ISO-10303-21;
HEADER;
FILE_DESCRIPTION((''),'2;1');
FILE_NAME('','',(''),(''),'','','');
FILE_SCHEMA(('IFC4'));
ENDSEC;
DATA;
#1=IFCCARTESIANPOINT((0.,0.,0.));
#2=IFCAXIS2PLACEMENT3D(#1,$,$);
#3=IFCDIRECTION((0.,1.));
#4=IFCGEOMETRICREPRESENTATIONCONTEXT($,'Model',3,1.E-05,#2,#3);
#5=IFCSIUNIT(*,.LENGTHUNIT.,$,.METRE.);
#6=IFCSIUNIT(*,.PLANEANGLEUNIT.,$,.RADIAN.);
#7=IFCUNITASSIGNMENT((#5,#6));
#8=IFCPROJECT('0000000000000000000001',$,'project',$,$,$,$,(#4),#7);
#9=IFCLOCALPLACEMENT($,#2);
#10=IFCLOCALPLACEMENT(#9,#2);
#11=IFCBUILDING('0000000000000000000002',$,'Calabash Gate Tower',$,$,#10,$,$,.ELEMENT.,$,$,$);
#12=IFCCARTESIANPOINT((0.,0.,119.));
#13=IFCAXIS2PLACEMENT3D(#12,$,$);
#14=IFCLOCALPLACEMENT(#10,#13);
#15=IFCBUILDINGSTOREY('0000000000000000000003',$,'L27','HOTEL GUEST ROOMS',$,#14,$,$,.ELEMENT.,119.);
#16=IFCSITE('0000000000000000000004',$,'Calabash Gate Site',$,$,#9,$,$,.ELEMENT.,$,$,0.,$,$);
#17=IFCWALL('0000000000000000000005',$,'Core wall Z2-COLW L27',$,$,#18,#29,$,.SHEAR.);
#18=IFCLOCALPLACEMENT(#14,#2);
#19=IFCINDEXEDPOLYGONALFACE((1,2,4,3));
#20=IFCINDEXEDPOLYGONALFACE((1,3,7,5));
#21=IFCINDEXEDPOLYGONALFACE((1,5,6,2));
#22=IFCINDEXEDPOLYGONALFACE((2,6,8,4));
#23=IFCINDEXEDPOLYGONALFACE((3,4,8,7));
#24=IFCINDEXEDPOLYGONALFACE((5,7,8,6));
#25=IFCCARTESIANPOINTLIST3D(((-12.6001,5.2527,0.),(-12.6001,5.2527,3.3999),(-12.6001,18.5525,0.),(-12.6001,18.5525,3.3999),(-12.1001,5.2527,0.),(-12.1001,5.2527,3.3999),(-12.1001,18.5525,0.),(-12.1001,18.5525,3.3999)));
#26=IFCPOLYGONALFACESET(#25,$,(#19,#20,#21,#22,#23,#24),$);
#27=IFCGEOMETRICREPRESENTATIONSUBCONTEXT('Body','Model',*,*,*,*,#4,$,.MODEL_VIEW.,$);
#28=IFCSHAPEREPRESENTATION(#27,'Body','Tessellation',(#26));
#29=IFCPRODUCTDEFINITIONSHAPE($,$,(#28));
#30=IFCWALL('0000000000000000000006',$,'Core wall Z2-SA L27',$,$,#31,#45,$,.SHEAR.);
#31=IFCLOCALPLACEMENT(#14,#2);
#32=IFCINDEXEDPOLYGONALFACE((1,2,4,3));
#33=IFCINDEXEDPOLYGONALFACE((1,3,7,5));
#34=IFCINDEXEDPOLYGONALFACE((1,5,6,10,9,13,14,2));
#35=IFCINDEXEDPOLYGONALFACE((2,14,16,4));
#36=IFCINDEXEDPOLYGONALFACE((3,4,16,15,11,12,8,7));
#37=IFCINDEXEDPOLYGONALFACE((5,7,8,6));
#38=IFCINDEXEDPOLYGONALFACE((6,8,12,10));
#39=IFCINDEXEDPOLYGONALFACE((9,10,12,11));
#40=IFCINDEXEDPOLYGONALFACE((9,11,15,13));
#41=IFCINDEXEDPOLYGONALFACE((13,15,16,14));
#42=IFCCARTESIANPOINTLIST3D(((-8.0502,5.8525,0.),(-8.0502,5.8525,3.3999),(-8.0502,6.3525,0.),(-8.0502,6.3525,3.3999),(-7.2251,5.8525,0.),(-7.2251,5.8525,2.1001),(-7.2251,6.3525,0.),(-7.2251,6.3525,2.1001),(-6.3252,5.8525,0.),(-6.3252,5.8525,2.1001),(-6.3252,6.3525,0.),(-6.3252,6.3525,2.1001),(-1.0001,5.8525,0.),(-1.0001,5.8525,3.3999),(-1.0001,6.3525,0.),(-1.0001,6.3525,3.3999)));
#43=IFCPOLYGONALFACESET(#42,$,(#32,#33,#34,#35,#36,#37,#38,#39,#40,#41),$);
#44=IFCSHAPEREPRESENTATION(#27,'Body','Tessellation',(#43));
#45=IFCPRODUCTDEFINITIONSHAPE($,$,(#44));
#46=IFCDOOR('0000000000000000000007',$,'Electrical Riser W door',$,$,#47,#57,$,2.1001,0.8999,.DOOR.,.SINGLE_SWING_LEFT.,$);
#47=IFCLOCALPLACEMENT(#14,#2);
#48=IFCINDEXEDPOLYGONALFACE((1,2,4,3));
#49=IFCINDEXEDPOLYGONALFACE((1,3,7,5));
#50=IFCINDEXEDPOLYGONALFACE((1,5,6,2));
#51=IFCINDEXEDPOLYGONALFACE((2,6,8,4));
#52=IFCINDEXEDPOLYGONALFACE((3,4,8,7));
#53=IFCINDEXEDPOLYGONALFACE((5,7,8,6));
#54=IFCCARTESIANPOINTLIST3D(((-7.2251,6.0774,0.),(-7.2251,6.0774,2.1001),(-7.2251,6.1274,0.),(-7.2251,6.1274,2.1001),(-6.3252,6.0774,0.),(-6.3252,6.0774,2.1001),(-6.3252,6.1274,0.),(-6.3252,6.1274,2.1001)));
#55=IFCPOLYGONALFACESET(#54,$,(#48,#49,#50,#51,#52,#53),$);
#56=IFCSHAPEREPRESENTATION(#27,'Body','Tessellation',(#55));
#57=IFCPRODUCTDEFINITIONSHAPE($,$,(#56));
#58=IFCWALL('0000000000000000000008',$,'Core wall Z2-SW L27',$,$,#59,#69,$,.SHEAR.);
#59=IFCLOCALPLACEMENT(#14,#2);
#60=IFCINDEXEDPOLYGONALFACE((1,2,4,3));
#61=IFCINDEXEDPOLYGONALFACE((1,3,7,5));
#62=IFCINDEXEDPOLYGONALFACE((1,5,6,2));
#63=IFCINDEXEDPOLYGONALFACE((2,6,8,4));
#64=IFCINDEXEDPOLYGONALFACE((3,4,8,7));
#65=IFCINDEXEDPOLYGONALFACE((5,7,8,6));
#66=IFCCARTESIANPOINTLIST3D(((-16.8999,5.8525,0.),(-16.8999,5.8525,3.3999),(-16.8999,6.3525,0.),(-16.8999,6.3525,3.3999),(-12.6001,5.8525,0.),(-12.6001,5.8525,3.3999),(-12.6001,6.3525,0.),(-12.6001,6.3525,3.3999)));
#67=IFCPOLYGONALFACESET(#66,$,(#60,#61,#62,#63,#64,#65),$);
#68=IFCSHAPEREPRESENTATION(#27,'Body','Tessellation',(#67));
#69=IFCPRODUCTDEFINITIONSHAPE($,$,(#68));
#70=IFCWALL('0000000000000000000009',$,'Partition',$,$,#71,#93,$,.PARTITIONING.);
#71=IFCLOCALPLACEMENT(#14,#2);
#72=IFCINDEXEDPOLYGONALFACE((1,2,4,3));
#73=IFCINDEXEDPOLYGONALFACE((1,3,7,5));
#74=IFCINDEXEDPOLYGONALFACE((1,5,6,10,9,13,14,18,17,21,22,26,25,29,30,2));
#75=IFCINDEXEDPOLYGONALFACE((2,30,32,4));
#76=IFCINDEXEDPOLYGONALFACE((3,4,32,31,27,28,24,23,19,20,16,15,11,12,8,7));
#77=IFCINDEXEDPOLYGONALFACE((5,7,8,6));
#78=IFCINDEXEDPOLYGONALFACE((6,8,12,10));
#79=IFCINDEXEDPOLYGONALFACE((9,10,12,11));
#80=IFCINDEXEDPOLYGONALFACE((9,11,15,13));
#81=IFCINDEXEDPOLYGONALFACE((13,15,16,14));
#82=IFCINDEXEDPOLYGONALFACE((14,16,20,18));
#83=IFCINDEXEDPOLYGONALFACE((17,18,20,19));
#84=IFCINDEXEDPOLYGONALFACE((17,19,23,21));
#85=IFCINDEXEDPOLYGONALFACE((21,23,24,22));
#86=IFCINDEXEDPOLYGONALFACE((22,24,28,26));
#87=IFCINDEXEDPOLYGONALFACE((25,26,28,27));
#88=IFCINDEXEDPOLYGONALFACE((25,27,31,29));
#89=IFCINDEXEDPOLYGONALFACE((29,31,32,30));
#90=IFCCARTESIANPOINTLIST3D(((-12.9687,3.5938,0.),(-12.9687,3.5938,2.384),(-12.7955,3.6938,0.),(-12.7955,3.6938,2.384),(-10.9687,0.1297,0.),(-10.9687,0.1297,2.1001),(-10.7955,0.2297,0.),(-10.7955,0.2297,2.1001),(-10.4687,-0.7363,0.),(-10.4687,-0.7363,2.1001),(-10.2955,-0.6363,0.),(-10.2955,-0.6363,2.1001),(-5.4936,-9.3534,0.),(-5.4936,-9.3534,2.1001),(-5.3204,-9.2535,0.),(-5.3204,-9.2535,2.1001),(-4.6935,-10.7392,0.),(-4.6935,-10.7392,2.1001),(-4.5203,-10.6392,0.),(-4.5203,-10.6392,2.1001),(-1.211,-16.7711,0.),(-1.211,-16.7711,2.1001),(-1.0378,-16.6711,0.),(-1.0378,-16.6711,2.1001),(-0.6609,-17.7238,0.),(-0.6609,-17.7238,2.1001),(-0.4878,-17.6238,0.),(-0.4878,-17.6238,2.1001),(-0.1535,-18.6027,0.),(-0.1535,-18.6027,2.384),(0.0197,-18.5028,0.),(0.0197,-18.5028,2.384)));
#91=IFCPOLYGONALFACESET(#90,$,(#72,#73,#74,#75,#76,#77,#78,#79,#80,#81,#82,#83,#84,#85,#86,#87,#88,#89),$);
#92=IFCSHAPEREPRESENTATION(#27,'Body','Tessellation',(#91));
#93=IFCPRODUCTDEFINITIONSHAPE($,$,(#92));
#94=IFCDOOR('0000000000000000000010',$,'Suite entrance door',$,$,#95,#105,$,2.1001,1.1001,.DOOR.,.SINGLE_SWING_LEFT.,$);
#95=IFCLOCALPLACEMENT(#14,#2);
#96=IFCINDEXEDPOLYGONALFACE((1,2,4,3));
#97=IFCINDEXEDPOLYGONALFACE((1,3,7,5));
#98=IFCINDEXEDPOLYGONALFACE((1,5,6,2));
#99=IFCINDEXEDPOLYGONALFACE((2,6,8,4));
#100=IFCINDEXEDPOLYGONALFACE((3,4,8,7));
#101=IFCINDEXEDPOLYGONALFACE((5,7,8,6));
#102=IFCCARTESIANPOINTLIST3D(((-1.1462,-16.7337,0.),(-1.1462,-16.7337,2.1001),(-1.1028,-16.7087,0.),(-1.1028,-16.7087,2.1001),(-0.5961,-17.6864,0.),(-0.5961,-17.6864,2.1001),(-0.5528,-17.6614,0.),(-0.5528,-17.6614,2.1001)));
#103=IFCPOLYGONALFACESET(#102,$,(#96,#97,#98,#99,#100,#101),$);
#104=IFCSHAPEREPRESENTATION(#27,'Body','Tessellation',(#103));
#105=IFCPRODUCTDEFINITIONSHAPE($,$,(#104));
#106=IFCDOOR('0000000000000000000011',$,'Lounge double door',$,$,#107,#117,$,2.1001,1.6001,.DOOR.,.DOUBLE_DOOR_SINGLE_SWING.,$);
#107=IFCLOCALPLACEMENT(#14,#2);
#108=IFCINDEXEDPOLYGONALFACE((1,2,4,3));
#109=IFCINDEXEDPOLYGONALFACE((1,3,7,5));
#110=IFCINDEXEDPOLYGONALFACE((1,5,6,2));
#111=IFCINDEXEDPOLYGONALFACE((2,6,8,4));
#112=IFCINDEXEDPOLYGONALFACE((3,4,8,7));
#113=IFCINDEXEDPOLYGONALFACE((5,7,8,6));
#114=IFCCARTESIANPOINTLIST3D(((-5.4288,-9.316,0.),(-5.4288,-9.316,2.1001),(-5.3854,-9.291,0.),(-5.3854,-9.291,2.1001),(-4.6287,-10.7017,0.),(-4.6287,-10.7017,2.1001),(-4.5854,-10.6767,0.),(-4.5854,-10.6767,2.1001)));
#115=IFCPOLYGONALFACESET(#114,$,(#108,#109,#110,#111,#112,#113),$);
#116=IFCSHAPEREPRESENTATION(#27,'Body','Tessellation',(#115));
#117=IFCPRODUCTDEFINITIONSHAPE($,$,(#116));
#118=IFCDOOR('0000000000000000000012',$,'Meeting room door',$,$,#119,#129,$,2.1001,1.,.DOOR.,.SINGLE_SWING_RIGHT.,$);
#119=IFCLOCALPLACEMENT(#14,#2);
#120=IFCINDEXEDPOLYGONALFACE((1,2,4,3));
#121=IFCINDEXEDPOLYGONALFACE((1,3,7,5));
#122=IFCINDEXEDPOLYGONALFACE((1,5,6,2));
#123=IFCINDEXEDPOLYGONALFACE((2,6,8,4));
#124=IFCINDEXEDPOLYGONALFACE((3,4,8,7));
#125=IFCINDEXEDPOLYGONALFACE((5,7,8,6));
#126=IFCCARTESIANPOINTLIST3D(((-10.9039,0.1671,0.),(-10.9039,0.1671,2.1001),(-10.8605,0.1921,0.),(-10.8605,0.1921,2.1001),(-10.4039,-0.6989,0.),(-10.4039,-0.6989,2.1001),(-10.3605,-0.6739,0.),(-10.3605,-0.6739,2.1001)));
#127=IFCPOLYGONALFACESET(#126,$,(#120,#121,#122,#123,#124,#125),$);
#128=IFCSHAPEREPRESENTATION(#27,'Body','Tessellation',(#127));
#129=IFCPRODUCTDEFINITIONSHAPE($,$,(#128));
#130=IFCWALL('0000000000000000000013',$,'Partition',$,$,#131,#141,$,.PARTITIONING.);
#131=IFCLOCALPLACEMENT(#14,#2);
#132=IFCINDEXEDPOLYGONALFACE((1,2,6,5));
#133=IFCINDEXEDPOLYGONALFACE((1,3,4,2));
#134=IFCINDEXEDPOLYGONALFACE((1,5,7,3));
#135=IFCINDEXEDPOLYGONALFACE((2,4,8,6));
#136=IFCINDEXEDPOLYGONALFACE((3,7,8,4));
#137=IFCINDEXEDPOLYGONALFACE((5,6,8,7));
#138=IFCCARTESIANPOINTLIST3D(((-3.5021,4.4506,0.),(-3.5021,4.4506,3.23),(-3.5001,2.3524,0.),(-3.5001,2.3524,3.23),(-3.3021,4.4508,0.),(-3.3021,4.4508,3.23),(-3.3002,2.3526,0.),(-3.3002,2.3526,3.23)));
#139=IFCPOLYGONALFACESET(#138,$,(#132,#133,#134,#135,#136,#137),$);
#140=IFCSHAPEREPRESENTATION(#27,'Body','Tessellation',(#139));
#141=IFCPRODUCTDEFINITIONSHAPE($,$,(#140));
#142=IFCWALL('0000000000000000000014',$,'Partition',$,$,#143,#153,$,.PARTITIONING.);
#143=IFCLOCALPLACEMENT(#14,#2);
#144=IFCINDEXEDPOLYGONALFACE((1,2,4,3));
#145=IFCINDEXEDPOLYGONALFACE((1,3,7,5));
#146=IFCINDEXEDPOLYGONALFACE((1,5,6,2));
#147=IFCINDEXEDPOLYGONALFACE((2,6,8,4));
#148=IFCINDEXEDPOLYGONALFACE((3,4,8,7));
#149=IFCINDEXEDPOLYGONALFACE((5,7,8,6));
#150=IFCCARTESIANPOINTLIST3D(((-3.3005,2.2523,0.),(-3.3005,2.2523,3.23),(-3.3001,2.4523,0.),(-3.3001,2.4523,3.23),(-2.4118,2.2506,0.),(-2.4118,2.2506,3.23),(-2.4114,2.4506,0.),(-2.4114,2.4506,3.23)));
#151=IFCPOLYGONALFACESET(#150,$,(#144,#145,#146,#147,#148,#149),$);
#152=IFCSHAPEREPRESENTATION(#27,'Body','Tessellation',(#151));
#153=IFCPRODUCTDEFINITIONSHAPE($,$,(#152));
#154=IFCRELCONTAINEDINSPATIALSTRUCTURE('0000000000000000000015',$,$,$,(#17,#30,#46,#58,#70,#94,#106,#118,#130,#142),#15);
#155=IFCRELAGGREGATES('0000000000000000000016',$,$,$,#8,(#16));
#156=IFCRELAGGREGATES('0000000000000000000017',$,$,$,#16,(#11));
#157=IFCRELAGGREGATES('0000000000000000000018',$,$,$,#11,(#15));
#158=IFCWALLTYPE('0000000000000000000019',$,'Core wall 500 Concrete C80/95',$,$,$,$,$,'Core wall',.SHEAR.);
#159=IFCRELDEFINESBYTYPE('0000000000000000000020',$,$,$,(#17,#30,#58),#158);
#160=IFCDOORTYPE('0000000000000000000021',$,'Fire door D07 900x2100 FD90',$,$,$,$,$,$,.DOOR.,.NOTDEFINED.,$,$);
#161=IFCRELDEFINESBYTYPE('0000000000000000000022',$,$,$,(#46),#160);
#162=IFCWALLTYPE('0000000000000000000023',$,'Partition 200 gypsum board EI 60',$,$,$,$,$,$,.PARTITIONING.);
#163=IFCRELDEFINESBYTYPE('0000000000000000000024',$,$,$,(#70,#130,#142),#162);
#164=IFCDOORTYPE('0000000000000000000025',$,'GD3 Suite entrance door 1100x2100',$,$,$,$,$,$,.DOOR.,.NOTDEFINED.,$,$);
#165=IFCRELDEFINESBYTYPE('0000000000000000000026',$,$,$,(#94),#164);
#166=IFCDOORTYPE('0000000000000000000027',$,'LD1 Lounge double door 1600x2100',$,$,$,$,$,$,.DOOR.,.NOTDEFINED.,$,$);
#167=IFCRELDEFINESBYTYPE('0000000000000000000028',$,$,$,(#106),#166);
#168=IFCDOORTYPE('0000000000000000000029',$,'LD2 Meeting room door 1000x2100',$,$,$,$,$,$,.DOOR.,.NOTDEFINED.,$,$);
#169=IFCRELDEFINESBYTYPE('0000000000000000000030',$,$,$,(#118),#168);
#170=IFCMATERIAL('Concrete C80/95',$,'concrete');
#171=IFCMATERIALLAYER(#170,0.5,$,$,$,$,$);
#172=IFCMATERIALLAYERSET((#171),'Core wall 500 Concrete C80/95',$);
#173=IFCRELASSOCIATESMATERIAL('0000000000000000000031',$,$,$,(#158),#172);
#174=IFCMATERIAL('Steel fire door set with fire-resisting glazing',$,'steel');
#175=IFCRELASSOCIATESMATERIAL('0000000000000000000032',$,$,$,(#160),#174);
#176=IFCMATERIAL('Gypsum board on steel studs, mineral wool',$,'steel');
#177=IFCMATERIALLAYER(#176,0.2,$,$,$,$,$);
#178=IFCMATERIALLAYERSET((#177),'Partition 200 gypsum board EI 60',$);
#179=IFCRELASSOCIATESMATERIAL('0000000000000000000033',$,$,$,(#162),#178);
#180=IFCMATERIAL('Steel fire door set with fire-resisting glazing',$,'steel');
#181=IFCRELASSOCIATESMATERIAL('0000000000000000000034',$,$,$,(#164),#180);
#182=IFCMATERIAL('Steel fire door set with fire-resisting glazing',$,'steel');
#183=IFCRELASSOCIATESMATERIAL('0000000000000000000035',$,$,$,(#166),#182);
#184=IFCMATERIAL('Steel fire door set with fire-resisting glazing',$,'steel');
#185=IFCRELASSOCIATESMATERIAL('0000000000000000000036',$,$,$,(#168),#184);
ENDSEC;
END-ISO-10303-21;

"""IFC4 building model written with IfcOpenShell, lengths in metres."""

from ifc_helpers import new_model, si_unit, direction, frame, frame_2d, origin, place, context, subcontext, project, spatial, rectangle, extrude, material, layer, layer_set, type_object, element, fill, save


model = new_model("IFC4")

# Units and contexts
model_context = context("Model", 3, precision=1e-05, world=origin(), true_north=direction((0.0, 1.0)))
body_context = subcontext(model_context, "Body", "Model", "MODEL_VIEW")
ifc_project = project(units=[si_unit("LENGTHUNIT", "METRE"), si_unit("PLANEANGLEUNIT", "RADIAN")], contexts=[model_context])

# Site, building, storey
site_placement = place(None, origin())
site = spatial("IfcSite", under=ifc_project, at=site_placement, Name="Calabash Gate Site", CompositionType="ELEMENT", RefElevation=0.0)
building_placement = place(site_placement, origin())
building = spatial("IfcBuilding", under=site, at=building_placement, Name="Calabash Gate Tower", CompositionType="ELEMENT")
storey_placement = place(building_placement, frame((0.0, 0.0, 119.0)))
storey = spatial("IfcBuildingStorey", under=building, at=storey_placement, Name="L27", Description="HOTEL GUEST ROOMS", CompositionType="ELEMENT", Elevation=119.0)

# Wall
ifc_material_1 = material(Name="Concrete C80/95", Category="concrete")
ifc_layer_1 = layer(ifc_material_1, 0.5)
ifc_layer_set_1 = layer_set([ifc_layer_1], Name="Core wall 500 Concrete C80/95")
wall_type_1 = type_object("IfcWallType", Name="Core wall 500 Concrete C80/95", ElementType="Core wall", PredefinedType="SHEAR", material=ifc_layer_set_1)
wall_1_placement = place(storey_placement, frame((-12.3501, 5.2527, 0.0), z_axis=(0.0, 0.0, 1.0), x_axis=(0.0, 1.0, 0.0)))
element("IfcWall", 1, at=wall_1_placement, inside=storey, type_object=wall_type_1, Name="Core wall Z2-COLW L27", PredefinedType="SHEAR", context=body_context, shape_type="SweptSolid", body=[
    extrude(rectangle(XDim=13.2998, YDim=0.5, at=frame_2d((6.6499, 0.0))), origin(), (0.0, 0.0, 1.0), 3.3999),
])

# Wall, opening, door
wall_2_placement = place(storey_placement, frame((-8.05, 6.1025, 0.0), z_axis=(0.0, 0.0, 1.0), x_axis=(1.0, 0.0, 0.0)))
wall_2 = element("IfcWall", 2, at=wall_2_placement, inside=storey, type_object=wall_type_1, Name="Core wall Z2-SA L27", PredefinedType="SHEAR", context=body_context, shape_type="SweptSolid", body=[
    extrude(rectangle(XDim=7.05, YDim=0.5, at=frame_2d((3.5249, 0.0))), origin(), (0.0, 0.0, 1.0), 3.3999),
])
opening_1_placement = place(wall_2_placement, frame((0.825, 0.0, 0.0)))
opening_1 = element("IfcOpeningElement", 3, at=opening_1_placement, cuts=wall_2, PredefinedType="OPENING", context=body_context, shape_type="SweptSolid", body=[
    extrude(rectangle(XDim=0.8999, YDim=2.1001, at=frame_2d((0.45, 1.05))), frame((0.0, 0.26, 0.0), z_axis=(0.0, -1.0, 0.0), x_axis=(1.0, 0.0, 0.0)), (0.0, 0.0, 1.0), 0.52),
])
ifc_material_2 = material(Name="Steel fire door set with fire-resisting glazing", Category="steel")
door_type_1 = type_object("IfcDoorType", Name="Fire door D07 900x2100 FD90", OperationType="NOTDEFINED", PredefinedType="DOOR", material=ifc_material_2)
door_1_placement = place(opening_1_placement, origin())
door_1 = element("IfcDoor", 4, at=door_1_placement, inside=storey, type_object=door_type_1, Name="Electrical Riser W door", OperationType="SINGLE_SWING_LEFT", OverallHeight=2.1001, OverallWidth=0.8999, PredefinedType="DOOR", context=body_context, shape_type="SweptSolid", body=[
    extrude(rectangle(XDim=0.8999, YDim=2.1001, at=frame_2d((0.45, 1.05))), frame((0.0, 0.0249, 0.0), z_axis=(0.0, -1.0, 0.0), x_axis=(1.0, 0.0, 0.0)), (0.0, 0.0, 1.0), 0.05),
])
fill(opening_1, door_1)

# Wall
wall_3_placement = place(storey_placement, frame((-12.6001, 6.1025, 0.0), z_axis=(0.0, 0.0, 1.0), x_axis=(-1.0, 0.0, 0.0)))
element("IfcWall", 5, at=wall_3_placement, inside=storey, type_object=wall_type_1, Name="Core wall Z2-SW L27", PredefinedType="SHEAR", context=body_context, shape_type="SweptSolid", body=[
    extrude(rectangle(XDim=4.2998, YDim=0.5, at=frame_2d((2.1499, 0.0))), origin(), (0.0, 0.0, 1.0), 3.3999),
])

# Wall, openings, doors
ifc_material_3 = material(Name="Gypsum board on steel studs, mineral wool", Category="steel")
ifc_layer_2 = layer(ifc_material_3, 0.2)
ifc_layer_set_2 = layer_set([ifc_layer_2], Name="Partition 200 gypsum board EI 60")
wall_type_2 = type_object("IfcWallType", Name="Partition 200 gypsum board EI 60", PredefinedType="PARTITIONING", material=ifc_layer_set_2)
wall_4_placement = place(storey_placement, frame((-12.8821, 3.6438, 0.0), z_axis=(0.0, 0.0, 1.0), x_axis=(0.5, -0.866025, 0.0)))
wall_4 = element("IfcWall", 6, at=wall_4_placement, inside=storey, type_object=wall_type_2, Name="Partition", PredefinedType="PARTITIONING", context=body_context, shape_type="SweptSolid", body=[
    extrude(rectangle(XDim=25.6304, YDim=0.2, at=frame_2d((12.8152, 0.0))), origin(), (0.0, 0.0, 1.0), 2.384),
])
opening_2_placement = place(wall_4_placement, frame((4.0, 0.0, 0.0)))
opening_2 = element("IfcOpeningElement", 7, at=opening_2_placement, cuts=wall_4, PredefinedType="OPENING", context=body_context, shape_type="SweptSolid", body=[
    extrude(rectangle(XDim=1.0, YDim=2.1001, at=frame_2d((0.5, 1.05))), frame((0.0, 0.1099, 0.0), z_axis=(0.0, -1.0, 0.0), x_axis=(1.0, 0.0, 0.0)), (0.0, 0.0, 1.0), 0.22),
])
opening_3_placement = place(wall_4_placement, frame((14.9502, 0.0, 0.0)))
opening_3 = element("IfcOpeningElement", 8, at=opening_3_placement, cuts=wall_4, PredefinedType="OPENING", context=body_context, shape_type="SweptSolid", body=[
    extrude(rectangle(XDim=1.6001, YDim=2.1001, at=frame_2d((0.8, 1.05))), frame((0.0, 0.1099, 0.0), z_axis=(0.0, -1.0, 0.0), x_axis=(1.0, 0.0, 0.0)), (0.0, 0.0, 1.0), 0.22),
])
opening_4_placement = place(wall_4_placement, frame((23.5154, 0.0, 0.0)))
opening_4 = element("IfcOpeningElement", 9, at=opening_4_placement, cuts=wall_4, PredefinedType="OPENING", context=body_context, shape_type="SweptSolid", body=[
    extrude(rectangle(XDim=1.1001, YDim=2.1001, at=frame_2d((0.55, 1.05))), frame((0.0, 0.1099, 0.0), z_axis=(0.0, -1.0, 0.0), x_axis=(1.0, 0.0, 0.0)), (0.0, 0.0, 1.0), 0.22),
])
ifc_material_4 = material(Name="Steel fire door set with fire-resisting glazing", Category="steel")
door_type_2 = type_object("IfcDoorType", Name="GD3 Suite entrance door 1100x2100", OperationType="NOTDEFINED", PredefinedType="DOOR", material=ifc_material_4)
door_2_placement = place(opening_4_placement, origin())
door_2 = element("IfcDoor", 10, at=door_2_placement, inside=storey, type_object=door_type_2, Name="Suite entrance door", OperationType="SINGLE_SWING_LEFT", OverallHeight=2.1001, OverallWidth=1.1001, PredefinedType="DOOR", context=body_context, shape_type="SweptSolid", body=[
    extrude(rectangle(XDim=1.1001, YDim=2.1001, at=frame_2d((0.55, 1.05))), frame((0.0, 0.0249, 0.0), z_axis=(0.0, -1.0, 0.0), x_axis=(1.0, 0.0, 0.0)), (0.0, 0.0, 1.0), 0.05),
])
fill(opening_4, door_2)
ifc_material_5 = material(Name="Steel fire door set with fire-resisting glazing", Category="steel")
door_type_3 = type_object("IfcDoorType", Name="LD1 Lounge double door 1600x2100", OperationType="NOTDEFINED", PredefinedType="DOOR", material=ifc_material_5)
door_3_placement = place(opening_3_placement, origin())
door_3 = element("IfcDoor", 11, at=door_3_placement, inside=storey, type_object=door_type_3, Name="Lounge double door", OperationType="DOUBLE_DOOR_SINGLE_SWING", OverallHeight=2.1001, OverallWidth=1.6001, PredefinedType="DOOR", context=body_context, shape_type="SweptSolid", body=[
    extrude(rectangle(XDim=1.6001, YDim=2.1001, at=frame_2d((0.8, 1.05))), frame((0.0, 0.0249, 0.0), z_axis=(0.0, -1.0, 0.0), x_axis=(1.0, 0.0, 0.0)), (0.0, 0.0, 1.0), 0.05),
])
fill(opening_3, door_3)
ifc_material_6 = material(Name="Steel fire door set with fire-resisting glazing", Category="steel")
door_type_4 = type_object("IfcDoorType", Name="LD2 Meeting room door 1000x2100", OperationType="NOTDEFINED", PredefinedType="DOOR", material=ifc_material_6)
door_4_placement = place(opening_2_placement, origin())
door_4 = element("IfcDoor", 12, at=door_4_placement, inside=storey, type_object=door_type_4, Name="Meeting room door", OperationType="SINGLE_SWING_RIGHT", OverallHeight=2.1001, OverallWidth=1.0, PredefinedType="DOOR", context=body_context, shape_type="SweptSolid", body=[
    extrude(rectangle(XDim=1.0, YDim=2.1001, at=frame_2d((0.5, 1.05))), frame((0.0, 0.0249, 0.0), z_axis=(0.0, -1.0, 0.0), x_axis=(1.0, 0.0, 0.0)), (0.0, 0.0, 1.0), 0.05),
])
fill(opening_2, door_4)

# Walls
wall_5_placement = place(storey_placement, frame((-3.4021, 4.4507, 0.0), z_axis=(0.0, 0.0, 1.0), x_axis=(0.000931, -1.0, 0.0)))
element("IfcWall", 13, at=wall_5_placement, inside=storey, type_object=wall_type_2, Name="Partition", PredefinedType="PARTITIONING", context=body_context, shape_type="SweptSolid", body=[
    extrude(rectangle(XDim=2.0981, YDim=0.2, at=frame_2d((1.0491, 0.0))), origin(), (0.0, 0.0, 1.0), 3.23),
])
wall_6_placement = place(storey_placement, frame((-3.3003, 2.3523, 0.0), z_axis=(0.0, 0.0, 1.0), x_axis=(0.999998, -0.001923, 0.0)))
element("IfcWall", 14, at=wall_6_placement, inside=storey, type_object=wall_type_2, Name="Partition", PredefinedType="PARTITIONING", context=body_context, shape_type="SweptSolid", body=[
    extrude(rectangle(XDim=0.8887, YDim=0.2, at=frame_2d((0.4443, 0.0))), origin(), (0.0, 0.0, 1.0), 3.23),
])

save(model, "model.ifc")
